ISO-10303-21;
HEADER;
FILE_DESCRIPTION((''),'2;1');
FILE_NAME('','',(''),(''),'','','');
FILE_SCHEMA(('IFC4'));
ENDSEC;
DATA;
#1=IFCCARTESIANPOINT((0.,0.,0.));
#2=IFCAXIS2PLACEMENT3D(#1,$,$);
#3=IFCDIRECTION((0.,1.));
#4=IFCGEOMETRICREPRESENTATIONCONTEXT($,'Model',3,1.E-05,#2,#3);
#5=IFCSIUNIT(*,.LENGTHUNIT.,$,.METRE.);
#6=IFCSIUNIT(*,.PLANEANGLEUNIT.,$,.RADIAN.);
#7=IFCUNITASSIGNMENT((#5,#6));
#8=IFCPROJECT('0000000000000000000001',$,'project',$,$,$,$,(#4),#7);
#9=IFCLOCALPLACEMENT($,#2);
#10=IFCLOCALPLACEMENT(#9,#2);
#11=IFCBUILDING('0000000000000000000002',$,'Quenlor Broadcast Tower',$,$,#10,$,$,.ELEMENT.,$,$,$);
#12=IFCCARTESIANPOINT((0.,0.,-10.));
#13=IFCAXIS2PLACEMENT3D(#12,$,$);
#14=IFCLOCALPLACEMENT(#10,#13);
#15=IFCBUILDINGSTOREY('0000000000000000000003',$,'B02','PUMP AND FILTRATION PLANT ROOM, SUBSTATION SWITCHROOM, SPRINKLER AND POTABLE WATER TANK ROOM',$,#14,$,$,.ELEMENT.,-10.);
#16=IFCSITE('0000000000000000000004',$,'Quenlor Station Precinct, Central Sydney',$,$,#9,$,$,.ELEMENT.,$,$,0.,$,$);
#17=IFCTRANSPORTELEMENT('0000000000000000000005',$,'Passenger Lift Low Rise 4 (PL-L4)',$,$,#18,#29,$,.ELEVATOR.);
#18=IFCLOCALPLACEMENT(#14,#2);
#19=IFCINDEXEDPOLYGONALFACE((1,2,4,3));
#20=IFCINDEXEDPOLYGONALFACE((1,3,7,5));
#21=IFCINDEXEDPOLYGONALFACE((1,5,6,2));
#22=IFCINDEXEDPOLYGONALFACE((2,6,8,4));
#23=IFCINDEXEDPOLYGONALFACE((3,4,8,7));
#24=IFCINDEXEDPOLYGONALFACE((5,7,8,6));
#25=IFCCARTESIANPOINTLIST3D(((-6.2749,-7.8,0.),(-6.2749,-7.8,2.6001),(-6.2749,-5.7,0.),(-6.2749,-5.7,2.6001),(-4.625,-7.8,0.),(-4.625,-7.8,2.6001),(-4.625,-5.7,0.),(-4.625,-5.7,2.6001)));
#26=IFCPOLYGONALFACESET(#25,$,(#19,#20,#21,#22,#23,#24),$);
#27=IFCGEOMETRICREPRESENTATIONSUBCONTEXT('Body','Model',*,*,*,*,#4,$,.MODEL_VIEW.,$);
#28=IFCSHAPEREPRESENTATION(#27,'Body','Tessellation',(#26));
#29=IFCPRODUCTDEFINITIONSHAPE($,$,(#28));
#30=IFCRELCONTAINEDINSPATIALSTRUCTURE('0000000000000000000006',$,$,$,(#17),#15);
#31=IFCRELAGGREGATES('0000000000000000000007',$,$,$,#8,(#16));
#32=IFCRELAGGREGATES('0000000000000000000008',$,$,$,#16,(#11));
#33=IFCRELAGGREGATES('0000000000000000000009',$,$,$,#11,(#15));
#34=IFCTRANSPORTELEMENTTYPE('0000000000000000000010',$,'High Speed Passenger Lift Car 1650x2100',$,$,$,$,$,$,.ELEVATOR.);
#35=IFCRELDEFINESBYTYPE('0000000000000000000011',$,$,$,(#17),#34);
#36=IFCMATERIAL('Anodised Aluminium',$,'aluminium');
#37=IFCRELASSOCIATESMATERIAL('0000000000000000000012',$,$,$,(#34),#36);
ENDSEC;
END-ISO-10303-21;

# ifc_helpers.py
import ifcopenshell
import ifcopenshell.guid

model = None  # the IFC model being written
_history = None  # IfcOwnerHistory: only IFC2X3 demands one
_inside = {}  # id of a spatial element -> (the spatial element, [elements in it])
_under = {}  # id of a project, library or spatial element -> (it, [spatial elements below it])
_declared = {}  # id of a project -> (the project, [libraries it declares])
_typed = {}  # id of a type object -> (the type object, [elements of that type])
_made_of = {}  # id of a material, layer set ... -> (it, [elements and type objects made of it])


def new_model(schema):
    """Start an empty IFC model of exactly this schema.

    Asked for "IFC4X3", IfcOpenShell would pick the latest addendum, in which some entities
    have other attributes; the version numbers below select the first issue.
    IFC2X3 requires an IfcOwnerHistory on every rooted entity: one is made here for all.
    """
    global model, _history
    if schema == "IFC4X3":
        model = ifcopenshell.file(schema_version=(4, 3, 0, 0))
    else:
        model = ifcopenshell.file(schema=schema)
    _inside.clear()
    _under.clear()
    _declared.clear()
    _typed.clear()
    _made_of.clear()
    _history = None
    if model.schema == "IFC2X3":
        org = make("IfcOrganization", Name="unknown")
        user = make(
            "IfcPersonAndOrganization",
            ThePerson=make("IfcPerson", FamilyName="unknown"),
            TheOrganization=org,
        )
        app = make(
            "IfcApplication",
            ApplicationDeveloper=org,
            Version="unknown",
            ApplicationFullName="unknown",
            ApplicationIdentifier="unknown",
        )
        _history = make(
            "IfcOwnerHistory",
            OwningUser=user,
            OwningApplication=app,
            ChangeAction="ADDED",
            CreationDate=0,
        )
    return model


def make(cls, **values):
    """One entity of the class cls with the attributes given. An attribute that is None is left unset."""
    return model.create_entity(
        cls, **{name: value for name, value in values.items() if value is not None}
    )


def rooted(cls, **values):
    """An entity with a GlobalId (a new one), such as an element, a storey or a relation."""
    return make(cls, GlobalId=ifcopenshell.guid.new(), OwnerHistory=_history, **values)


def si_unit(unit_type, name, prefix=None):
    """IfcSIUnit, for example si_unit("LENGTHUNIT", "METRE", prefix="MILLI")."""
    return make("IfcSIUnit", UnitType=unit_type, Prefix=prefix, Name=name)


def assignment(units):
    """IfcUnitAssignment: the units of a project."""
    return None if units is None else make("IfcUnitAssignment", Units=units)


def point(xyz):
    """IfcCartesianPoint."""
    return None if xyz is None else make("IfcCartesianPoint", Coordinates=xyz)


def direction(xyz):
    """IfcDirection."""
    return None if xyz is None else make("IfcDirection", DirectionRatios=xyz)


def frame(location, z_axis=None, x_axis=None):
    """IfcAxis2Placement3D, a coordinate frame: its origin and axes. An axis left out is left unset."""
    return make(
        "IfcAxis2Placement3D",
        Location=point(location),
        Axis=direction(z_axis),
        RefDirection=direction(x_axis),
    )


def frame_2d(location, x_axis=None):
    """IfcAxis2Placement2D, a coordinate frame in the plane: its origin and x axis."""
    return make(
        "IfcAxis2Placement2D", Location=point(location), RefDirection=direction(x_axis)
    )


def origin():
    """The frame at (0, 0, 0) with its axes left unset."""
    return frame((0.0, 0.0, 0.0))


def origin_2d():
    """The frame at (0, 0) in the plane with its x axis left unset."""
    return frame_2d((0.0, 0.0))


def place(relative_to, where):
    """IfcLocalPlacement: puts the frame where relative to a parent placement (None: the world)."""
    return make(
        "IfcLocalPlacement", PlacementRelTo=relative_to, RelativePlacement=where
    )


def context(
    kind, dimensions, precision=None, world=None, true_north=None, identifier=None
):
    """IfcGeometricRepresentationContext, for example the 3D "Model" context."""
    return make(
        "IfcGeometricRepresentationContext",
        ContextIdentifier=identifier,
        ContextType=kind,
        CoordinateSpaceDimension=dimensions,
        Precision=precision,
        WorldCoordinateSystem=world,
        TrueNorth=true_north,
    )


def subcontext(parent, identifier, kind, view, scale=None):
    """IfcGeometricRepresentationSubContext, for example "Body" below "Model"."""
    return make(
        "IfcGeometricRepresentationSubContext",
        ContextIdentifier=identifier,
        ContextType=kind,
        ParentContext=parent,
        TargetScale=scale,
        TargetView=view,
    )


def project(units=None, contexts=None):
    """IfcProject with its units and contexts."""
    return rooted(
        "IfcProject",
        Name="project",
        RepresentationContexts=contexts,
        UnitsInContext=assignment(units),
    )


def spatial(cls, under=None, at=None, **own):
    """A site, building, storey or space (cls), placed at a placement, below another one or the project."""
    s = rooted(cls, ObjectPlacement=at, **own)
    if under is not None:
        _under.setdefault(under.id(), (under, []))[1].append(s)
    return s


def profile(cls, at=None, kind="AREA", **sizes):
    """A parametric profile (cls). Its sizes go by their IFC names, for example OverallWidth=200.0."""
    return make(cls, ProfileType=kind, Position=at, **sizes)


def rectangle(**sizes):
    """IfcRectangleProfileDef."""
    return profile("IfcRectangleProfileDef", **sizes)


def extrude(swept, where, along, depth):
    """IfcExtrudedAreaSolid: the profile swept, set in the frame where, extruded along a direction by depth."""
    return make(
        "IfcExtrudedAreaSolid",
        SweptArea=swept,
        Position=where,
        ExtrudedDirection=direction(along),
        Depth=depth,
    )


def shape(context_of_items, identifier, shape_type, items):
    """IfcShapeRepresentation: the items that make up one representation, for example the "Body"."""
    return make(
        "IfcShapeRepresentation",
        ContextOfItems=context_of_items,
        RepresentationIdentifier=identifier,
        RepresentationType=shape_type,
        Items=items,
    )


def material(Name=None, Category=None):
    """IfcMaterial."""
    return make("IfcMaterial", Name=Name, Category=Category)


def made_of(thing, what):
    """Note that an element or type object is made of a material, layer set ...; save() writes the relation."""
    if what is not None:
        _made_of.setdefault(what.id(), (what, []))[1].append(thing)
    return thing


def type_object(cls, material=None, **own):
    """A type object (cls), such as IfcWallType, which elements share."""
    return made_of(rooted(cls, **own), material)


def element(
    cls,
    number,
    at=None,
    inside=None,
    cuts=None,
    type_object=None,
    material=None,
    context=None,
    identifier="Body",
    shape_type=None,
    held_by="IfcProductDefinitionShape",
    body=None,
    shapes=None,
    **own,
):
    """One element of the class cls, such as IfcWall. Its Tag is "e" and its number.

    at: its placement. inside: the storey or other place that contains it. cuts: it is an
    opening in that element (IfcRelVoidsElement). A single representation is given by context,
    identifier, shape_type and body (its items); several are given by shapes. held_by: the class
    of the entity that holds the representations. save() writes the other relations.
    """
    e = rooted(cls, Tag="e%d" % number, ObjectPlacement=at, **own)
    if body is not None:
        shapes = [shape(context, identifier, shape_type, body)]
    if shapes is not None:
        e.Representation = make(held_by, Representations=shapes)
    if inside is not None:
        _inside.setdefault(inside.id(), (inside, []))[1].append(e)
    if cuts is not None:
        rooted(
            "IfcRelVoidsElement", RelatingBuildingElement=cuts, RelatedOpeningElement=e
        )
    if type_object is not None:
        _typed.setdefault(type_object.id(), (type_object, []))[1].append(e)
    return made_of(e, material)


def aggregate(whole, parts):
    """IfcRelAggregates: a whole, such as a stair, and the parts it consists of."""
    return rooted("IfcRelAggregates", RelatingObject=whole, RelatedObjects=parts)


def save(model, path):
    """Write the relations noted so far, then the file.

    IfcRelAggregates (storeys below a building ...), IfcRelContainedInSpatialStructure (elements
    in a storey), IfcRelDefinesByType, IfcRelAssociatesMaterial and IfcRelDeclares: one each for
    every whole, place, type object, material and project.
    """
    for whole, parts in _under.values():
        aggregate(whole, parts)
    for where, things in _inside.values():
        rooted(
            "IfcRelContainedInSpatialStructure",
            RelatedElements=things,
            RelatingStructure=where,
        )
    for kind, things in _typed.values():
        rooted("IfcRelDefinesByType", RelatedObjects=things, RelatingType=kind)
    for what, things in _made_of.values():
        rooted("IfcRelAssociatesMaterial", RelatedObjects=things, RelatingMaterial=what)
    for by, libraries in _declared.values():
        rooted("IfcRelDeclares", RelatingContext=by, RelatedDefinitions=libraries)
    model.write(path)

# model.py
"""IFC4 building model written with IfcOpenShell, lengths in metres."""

from ifc_helpers import new_model, si_unit, direction, frame, origin, origin_2d, place, context, subcontext, project, spatial, rectangle, extrude, material, type_object, element, save


model = new_model("IFC4")

# Units and contexts
model_context = context("Model", 3, precision=1e-05, world=origin(), true_north=direction((0.0, 1.0)))
body_context = subcontext(model_context, "Body", "Model", "MODEL_VIEW")
ifc_project = project(units=[si_unit("LENGTHUNIT", "METRE"), si_unit("PLANEANGLEUNIT", "RADIAN")], contexts=[model_context])

# Site, building, storey
site_placement = place(None, origin())
site = spatial("IfcSite", under=ifc_project, at=site_placement, Name="Quenlor Station Precinct, Central Sydney", CompositionType="ELEMENT", RefElevation=0.0)
building_placement = place(site_placement, origin())
building = spatial("IfcBuilding", under=site, at=building_placement, Name="Quenlor Broadcast Tower", CompositionType="ELEMENT")
storey_placement = place(building_placement, frame((0.0, 0.0, -10.0)))
storey = spatial("IfcBuildingStorey", under=building, at=storey_placement, Name="B02", Description="PUMP AND FILTRATION PLANT ROOM, SUBSTATION SWITCHROOM, SPRINKLER AND POTABLE WATER TANK ROOM", CompositionType="ELEMENT", Elevation=-10.0)

# Transport element
ifc_material_1 = material(Name="Anodised Aluminium", Category="aluminium")
transport_element_type_1 = type_object("IfcTransportElementType", Name="High Speed Passenger Lift Car 1650x2100", PredefinedType="ELEVATOR", material=ifc_material_1)
for number, where, z_axis, x_axis, name in (
    (1, (-5.45, -6.75, 0.0), (0.0, 0.0, 1.0), (1.0, 0.0, 0.0), "Passenger Lift Low Rise 4 (PL-L4)"),
):
    element("IfcTransportElement", number, at=place(storey_placement, frame(where, z_axis=z_axis, x_axis=x_axis)), inside=storey, type_object=transport_element_type_1, Name=name, PredefinedType="ELEVATOR", context=body_context, shape_type="SweptSolid", body=[
        extrude(rectangle(XDim=1.6499, YDim=2.1001, at=origin_2d()), origin(), (0.0, 0.0, 1.0), 2.6001),
    ])

save(model, "model.ifc")
